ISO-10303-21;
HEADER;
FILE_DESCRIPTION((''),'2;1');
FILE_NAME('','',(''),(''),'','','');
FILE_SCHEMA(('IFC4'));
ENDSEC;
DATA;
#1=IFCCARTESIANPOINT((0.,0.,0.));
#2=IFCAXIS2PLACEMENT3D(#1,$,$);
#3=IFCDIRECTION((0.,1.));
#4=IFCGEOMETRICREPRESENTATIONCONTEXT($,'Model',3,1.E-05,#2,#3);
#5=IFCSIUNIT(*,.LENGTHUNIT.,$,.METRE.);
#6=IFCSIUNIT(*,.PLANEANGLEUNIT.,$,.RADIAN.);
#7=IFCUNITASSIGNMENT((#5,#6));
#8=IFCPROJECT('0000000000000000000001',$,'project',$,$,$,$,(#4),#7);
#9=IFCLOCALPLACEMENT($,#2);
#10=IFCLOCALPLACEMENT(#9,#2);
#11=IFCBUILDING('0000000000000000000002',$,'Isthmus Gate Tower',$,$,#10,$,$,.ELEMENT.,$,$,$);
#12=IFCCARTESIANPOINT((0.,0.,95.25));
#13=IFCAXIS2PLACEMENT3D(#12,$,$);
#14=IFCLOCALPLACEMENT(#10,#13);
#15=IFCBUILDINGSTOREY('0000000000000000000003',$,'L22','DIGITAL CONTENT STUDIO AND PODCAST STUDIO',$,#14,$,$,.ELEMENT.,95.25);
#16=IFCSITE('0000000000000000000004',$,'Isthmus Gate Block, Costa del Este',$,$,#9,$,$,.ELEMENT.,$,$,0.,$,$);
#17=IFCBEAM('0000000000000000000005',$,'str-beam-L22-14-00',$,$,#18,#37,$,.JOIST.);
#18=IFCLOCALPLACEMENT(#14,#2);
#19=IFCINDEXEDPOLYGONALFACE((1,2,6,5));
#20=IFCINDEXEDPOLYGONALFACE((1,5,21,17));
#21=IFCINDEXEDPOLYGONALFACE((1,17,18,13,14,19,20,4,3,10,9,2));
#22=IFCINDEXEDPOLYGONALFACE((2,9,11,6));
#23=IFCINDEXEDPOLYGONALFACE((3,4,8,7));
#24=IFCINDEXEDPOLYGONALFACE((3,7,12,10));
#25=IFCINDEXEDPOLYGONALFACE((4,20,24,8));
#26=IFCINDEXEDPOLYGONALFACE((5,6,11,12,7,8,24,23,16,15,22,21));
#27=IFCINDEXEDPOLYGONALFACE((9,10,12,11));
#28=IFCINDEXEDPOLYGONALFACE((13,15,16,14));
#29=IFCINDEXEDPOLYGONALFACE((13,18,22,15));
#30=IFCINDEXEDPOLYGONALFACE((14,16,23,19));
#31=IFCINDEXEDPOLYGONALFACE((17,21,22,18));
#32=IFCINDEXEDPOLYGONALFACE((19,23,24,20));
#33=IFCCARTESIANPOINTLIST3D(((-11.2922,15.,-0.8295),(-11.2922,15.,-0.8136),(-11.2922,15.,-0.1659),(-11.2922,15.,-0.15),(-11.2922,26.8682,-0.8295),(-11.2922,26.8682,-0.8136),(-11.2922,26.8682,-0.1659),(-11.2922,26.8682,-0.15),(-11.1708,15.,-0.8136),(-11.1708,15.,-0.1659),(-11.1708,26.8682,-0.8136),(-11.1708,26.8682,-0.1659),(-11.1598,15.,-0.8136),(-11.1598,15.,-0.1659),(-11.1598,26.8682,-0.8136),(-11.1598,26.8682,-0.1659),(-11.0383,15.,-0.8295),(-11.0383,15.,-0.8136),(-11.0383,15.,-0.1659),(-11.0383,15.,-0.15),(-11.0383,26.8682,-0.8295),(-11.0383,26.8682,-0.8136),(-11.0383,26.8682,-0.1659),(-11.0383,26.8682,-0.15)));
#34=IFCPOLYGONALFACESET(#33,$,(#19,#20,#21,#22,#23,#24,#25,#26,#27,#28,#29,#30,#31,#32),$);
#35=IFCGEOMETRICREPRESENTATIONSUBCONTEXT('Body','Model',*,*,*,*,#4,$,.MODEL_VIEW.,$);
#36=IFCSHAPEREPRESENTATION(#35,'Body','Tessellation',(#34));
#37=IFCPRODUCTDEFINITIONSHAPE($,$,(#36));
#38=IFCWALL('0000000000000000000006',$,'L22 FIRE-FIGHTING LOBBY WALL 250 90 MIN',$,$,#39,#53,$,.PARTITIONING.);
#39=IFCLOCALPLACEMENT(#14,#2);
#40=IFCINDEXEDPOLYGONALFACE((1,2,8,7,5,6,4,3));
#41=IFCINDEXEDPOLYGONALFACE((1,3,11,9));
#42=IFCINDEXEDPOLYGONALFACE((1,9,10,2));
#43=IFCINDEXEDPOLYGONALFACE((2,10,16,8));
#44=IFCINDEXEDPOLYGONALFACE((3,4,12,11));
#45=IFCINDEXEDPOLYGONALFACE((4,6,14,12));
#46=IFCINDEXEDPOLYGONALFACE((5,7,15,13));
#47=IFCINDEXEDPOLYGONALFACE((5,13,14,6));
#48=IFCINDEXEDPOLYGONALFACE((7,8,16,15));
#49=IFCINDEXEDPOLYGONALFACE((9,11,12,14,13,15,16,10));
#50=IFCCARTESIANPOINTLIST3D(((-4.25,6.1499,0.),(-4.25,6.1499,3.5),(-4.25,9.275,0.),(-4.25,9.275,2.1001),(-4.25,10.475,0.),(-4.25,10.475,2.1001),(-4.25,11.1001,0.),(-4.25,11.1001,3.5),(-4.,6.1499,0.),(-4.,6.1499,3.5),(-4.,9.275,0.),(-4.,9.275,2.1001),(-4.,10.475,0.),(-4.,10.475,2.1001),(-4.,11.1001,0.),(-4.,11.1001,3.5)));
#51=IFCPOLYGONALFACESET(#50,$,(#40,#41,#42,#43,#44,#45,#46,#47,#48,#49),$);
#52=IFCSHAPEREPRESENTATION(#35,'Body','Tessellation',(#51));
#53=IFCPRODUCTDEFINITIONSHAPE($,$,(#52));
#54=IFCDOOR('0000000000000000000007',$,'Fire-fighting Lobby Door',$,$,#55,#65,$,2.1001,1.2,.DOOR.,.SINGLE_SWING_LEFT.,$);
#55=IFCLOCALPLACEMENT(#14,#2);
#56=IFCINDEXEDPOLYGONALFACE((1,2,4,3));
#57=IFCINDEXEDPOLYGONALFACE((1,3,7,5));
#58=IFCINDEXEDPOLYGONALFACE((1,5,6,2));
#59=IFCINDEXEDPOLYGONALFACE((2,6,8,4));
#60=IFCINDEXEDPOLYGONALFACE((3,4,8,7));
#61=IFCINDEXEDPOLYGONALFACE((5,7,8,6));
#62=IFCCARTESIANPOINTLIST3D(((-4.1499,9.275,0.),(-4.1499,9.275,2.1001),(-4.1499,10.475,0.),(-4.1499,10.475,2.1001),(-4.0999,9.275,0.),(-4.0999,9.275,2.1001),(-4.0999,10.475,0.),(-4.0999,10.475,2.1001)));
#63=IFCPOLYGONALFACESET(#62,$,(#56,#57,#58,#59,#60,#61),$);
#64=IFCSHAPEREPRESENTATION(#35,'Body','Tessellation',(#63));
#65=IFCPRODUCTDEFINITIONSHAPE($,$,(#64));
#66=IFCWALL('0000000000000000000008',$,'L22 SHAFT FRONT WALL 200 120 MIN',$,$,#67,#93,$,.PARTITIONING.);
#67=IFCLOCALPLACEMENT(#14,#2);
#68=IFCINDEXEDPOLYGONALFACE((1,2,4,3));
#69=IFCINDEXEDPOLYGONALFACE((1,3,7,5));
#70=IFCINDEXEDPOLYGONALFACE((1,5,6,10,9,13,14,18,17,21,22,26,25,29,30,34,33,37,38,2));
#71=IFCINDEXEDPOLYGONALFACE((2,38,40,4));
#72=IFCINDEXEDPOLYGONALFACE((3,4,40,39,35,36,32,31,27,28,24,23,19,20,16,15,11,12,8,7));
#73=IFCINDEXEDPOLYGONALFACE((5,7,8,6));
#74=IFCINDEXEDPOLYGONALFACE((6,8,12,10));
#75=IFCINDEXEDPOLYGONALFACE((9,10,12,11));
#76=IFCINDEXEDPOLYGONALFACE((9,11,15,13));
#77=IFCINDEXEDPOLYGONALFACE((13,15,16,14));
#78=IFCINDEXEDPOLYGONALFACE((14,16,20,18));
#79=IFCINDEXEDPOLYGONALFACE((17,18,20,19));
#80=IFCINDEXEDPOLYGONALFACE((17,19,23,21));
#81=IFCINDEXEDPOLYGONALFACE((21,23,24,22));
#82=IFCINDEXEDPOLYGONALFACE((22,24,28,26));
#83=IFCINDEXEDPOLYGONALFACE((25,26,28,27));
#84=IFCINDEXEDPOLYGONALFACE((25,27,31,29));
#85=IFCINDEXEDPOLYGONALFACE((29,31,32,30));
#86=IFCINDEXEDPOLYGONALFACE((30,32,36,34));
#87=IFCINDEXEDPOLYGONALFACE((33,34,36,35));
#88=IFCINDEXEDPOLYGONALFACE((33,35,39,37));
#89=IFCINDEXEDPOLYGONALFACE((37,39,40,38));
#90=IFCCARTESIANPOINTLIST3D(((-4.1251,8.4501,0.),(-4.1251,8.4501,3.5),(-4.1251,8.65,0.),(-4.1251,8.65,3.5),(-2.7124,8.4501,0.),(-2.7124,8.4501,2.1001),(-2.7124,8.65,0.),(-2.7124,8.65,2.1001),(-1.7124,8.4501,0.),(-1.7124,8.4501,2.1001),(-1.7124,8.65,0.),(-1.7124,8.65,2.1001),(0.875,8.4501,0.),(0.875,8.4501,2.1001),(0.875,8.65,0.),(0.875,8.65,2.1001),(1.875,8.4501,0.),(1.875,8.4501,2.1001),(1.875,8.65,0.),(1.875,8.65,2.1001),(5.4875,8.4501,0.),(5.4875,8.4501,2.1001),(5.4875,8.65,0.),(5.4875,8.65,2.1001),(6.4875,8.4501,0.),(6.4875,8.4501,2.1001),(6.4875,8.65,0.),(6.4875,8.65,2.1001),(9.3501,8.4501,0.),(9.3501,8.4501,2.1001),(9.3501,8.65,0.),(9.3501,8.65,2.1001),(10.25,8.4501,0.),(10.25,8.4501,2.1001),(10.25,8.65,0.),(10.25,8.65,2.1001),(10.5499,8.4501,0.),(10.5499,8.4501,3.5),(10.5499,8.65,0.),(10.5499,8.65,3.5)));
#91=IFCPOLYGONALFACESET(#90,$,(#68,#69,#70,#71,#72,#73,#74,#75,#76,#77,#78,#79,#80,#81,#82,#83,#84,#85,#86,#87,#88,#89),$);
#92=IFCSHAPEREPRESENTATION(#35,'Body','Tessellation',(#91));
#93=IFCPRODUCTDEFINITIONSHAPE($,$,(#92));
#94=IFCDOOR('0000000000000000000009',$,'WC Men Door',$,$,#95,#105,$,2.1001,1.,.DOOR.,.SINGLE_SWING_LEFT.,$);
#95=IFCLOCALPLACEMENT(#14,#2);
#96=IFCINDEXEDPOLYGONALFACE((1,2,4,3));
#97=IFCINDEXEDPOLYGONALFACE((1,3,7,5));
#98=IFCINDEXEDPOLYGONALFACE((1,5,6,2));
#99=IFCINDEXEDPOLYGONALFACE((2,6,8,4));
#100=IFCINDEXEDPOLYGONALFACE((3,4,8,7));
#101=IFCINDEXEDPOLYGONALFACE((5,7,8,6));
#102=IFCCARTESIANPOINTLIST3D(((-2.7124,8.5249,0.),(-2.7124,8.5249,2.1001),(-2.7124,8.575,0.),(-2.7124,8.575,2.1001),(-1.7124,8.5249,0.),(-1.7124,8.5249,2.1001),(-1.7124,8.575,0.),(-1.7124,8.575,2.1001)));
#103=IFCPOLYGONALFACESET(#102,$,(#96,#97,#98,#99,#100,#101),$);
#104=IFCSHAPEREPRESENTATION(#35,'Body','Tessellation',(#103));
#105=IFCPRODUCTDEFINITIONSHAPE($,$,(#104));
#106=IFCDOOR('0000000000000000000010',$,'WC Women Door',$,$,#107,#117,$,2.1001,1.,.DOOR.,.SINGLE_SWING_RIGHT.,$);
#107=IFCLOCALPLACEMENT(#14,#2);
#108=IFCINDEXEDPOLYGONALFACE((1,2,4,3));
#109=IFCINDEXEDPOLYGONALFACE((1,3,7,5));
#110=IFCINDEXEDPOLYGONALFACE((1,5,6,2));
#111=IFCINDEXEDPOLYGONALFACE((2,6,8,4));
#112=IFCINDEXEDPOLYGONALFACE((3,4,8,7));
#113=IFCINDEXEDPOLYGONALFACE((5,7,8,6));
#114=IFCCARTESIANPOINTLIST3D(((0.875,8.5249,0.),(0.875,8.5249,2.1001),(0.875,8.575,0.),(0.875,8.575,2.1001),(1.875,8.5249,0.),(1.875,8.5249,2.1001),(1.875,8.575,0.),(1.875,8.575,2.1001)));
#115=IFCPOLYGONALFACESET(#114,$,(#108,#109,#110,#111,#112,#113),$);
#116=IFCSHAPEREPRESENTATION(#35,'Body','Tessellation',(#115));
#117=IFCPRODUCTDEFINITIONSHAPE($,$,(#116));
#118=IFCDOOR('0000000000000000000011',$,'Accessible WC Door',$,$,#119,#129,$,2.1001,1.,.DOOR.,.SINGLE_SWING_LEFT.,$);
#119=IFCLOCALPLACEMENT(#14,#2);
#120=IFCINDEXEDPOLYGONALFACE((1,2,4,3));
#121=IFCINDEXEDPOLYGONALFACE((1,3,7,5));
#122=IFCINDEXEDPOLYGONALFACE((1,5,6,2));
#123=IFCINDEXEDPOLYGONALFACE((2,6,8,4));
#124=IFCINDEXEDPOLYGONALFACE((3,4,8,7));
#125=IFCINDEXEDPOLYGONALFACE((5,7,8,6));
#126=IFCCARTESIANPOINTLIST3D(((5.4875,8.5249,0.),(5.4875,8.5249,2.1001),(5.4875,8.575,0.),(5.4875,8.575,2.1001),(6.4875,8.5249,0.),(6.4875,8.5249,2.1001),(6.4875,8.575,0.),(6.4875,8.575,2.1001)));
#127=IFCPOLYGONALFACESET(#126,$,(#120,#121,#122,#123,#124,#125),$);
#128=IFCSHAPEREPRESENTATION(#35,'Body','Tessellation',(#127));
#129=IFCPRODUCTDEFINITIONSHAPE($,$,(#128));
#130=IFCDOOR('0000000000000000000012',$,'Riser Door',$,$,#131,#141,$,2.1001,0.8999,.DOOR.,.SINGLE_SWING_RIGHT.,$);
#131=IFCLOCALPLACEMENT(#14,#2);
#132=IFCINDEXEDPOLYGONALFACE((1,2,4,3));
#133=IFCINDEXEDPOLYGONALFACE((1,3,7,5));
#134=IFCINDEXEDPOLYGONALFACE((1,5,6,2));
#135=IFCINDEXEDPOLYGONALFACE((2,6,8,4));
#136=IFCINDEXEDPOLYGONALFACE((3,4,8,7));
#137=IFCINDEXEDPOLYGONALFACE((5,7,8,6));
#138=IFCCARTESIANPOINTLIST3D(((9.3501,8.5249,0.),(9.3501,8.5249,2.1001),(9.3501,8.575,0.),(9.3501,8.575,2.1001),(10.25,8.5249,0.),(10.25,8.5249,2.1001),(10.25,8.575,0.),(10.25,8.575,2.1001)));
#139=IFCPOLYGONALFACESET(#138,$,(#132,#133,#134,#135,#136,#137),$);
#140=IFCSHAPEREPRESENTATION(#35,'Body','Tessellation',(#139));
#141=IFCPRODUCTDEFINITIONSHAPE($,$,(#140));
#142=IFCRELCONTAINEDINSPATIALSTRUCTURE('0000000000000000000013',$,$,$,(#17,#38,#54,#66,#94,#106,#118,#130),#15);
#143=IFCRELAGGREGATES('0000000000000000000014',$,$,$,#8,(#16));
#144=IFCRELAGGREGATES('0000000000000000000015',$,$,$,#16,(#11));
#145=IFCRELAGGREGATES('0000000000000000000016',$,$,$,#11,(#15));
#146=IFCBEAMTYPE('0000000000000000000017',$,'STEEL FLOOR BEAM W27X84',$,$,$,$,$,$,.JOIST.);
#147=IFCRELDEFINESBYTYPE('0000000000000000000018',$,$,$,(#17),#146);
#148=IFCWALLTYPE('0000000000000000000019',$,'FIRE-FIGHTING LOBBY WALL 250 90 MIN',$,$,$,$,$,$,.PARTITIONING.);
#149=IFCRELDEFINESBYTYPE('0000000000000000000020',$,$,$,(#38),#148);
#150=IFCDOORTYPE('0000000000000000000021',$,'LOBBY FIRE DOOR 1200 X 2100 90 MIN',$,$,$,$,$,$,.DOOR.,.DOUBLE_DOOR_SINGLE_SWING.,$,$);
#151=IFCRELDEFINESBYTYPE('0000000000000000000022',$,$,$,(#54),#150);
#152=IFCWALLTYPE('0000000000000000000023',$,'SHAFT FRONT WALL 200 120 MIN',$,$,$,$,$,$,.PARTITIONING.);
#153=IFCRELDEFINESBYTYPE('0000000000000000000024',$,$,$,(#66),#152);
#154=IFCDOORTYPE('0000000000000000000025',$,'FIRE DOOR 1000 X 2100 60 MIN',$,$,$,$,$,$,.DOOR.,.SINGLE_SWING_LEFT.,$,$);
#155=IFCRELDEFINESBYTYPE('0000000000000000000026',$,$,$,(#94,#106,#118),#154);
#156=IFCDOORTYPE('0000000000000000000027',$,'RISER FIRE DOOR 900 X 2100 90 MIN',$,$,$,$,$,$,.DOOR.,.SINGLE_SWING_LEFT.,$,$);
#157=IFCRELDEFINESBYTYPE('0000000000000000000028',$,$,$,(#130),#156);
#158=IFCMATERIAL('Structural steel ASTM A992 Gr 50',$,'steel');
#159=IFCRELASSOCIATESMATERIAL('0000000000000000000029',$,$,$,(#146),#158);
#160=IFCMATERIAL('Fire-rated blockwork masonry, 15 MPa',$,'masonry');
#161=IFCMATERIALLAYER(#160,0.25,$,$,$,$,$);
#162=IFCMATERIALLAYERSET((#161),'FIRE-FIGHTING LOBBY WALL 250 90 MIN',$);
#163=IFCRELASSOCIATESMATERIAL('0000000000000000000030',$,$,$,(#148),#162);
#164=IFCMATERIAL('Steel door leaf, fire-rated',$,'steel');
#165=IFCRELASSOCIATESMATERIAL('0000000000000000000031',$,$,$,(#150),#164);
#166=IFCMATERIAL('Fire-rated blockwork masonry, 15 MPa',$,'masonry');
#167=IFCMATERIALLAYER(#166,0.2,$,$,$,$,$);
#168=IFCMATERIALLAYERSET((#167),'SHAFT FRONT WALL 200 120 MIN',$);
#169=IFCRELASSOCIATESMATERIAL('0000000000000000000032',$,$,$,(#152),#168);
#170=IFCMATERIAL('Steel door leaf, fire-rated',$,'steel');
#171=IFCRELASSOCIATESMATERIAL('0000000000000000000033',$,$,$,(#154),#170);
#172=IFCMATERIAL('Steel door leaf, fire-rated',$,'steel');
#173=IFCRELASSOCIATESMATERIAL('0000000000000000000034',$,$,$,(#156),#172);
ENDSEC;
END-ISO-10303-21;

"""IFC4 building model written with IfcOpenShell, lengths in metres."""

from ifc_helpers import new_model, si_unit, direction, frame, frame_2d, origin, origin_2d, place, context, subcontext, project, spatial, rectangle, i_section, extrude, material, layer, layer_set, material_profile, profile_set, type_object, element, fill, save


model = new_model("IFC4")

# Units and contexts
model_context = context("Model", 3, precision=1e-05, world=origin(), true_north=direction((0.0, 1.0)))
body_context = subcontext(model_context, "Body", "Model", "MODEL_VIEW")
ifc_project = project(units=[si_unit("LENGTHUNIT", "METRE"), si_unit("PLANEANGLEUNIT", "RADIAN")], contexts=[model_context])

# Site, building, storey
site_placement = place(None, origin())
site = spatial("IfcSite", under=ifc_project, at=site_placement, Name="Isthmus Gate Block, Costa del Este", CompositionType="ELEMENT", RefElevation=0.0)
building_placement = place(site_placement, origin())
building = spatial("IfcBuilding", under=site, at=building_placement, Name="Isthmus Gate Tower", CompositionType="ELEMENT")
storey_placement = place(building_placement, frame((0.0, 0.0, 95.25)))
storey = spatial("IfcBuildingStorey", under=building, at=storey_placement, Name="L22", Description="DIGITAL CONTENT STUDIO AND PODCAST STUDIO", CompositionType="ELEMENT", Elevation=95.25)

# Beam
ifc_material_1 = material(Name="Structural steel ASTM A992 Gr 50", Category="steel")
ifc_material_profile = material_profile(ifc_material_1, i_section(OverallWidth=0.2539, OverallDepth=0.6794, WebThickness=0.011, FlangeThickness=0.0159, at=origin_2d()), Name="W27X84")
ifc_profile_set = profile_set([ifc_material_profile], Name="Structural steel ASTM A992 Gr 50")
beam_type = type_object("IfcBeamType", Name="STEEL FLOOR BEAM W27X84", PredefinedType="JOIST", material=ifc_profile_set)
beam_placement = place(storey_placement, frame((-11.1653, 15.0, -0.4897), z_axis=(0.0, 1.0, 0.0), x_axis=(-1.0, 0.0, 0.0)))
element("IfcBeam", 1, at=beam_placement, inside=storey, type_object=beam_type, Name="str-beam-L22-14-00", PredefinedType="JOIST", context=body_context, shape_type="SweptSolid", body=[
    extrude(i_section(OverallWidth=0.2539, OverallDepth=0.6794, WebThickness=0.011, FlangeThickness=0.0159, at=origin_2d()), origin(), (0.0, 0.0, 1.0), 11.8682),
])

# Wall, opening, door
ifc_material_2 = material(Name="Fire-rated blockwork masonry, 15 MPa", Category="masonry")
ifc_layer_1 = layer(ifc_material_2, 0.25)
ifc_layer_set_1 = layer_set([ifc_layer_1], Name="FIRE-FIGHTING LOBBY WALL 250 90 MIN")
wall_type_1 = type_object("IfcWallType", Name="FIRE-FIGHTING LOBBY WALL 250 90 MIN", PredefinedType="PARTITIONING", material=ifc_layer_set_1)
wall_1_placement = place(storey_placement, frame((-4.125, 6.1499, 0.0), z_axis=(0.0, 0.0, 1.0), x_axis=(0.0, 1.0, 0.0)))
wall_1 = element("IfcWall", 2, at=wall_1_placement, inside=storey, type_object=wall_type_1, Name="L22 FIRE-FIGHTING LOBBY WALL 250 90 MIN", PredefinedType="PARTITIONING", context=body_context, shape_type="SweptSolid", body=[
    extrude(rectangle(XDim=4.9502, YDim=0.25, at=frame_2d((2.4751, 0.0))), origin(), (0.0, 0.0, 1.0), 3.5),
])
opening_1_placement = place(wall_1_placement, frame((3.125, 0.0, 0.0)))
opening_1 = element("IfcOpeningElement", 3, at=opening_1_placement, cuts=wall_1, PredefinedType="OPENING", context=body_context, shape_type="SweptSolid", body=[
    extrude(rectangle(XDim=1.2, YDim=2.1001, at=frame_2d((0.6001, 1.05))), frame((0.0, 0.135, 0.0), z_axis=(0.0, -1.0, 0.0), x_axis=(1.0, 0.0, 0.0)), (0.0, 0.0, 1.0), 0.27),
])
ifc_material_3 = material(Name="Steel door leaf, fire-rated", Category="steel")
door_type_1 = type_object("IfcDoorType", Name="LOBBY FIRE DOOR 1200 X 2100 90 MIN", OperationType="DOUBLE_DOOR_SINGLE_SWING", PredefinedType="DOOR", material=ifc_material_3)
door_1_placement = place(opening_1_placement, origin())
door_1 = element("IfcDoor", 4, at=door_1_placement, inside=storey, type_object=door_type_1, Name="Fire-fighting Lobby Door", OperationType="SINGLE_SWING_LEFT", OverallHeight=2.1001, OverallWidth=1.2, PredefinedType="DOOR", context=body_context, shape_type="SweptSolid", body=[
    extrude(rectangle(XDim=1.2, YDim=2.1001, at=frame_2d((0.6001, 1.05))), frame((0.0, 0.0249, 0.0), z_axis=(0.0, -1.0, 0.0), x_axis=(1.0, 0.0, 0.0)), (0.0, 0.0, 1.0), 0.05),
])
fill(opening_1, door_1)

# Wall, openings, doors
ifc_material_4 = material(Name="Fire-rated blockwork masonry, 15 MPa", Category="masonry")
ifc_layer_2 = layer(ifc_material_4, 0.2)
ifc_layer_set_2 = layer_set([ifc_layer_2], Name="SHAFT FRONT WALL 200 120 MIN")
wall_type_2 = type_object("IfcWallType", Name="SHAFT FRONT WALL 200 120 MIN", PredefinedType="PARTITIONING", material=ifc_layer_set_2)
wall_2_placement = place(storey_placement, frame((-4.125, 8.55, 0.0), z_axis=(0.0, 0.0, 1.0), x_axis=(1.0, 0.0, 0.0)))
wall_2 = element("IfcWall", 5, at=wall_2_placement, inside=storey, type_object=wall_type_2, Name="L22 SHAFT FRONT WALL 200 120 MIN", PredefinedType="PARTITIONING", context=body_context, shape_type="SweptSolid", body=[
    extrude(rectangle(XDim=14.675, YDim=0.2, at=frame_2d((7.3374, 0.0))), origin(), (0.0, 0.0, 1.0), 3.5),
])
opening_2_placement = place(wall_2_placement, frame((1.4126, 0.0, 0.0)))
opening_2 = element("IfcOpeningElement", 6, at=opening_2_placement, cuts=wall_2, PredefinedType="OPENING", context=body_context, shape_type="SweptSolid", body=[
    extrude(rectangle(XDim=1.0, YDim=2.1001, at=frame_2d((0.5, 1.05))), frame((0.0, 0.1099, 0.0), z_axis=(0.0, -1.0, 0.0), x_axis=(1.0, 0.0, 0.0)), (0.0, 0.0, 1.0), 0.22),
])
opening_3_placement = place(wall_2_placement, frame((5.0, 0.0, 0.0)))
opening_3 = element("IfcOpeningElement", 7, at=opening_3_placement, cuts=wall_2, PredefinedType="OPENING", context=body_context, shape_type="SweptSolid", body=[
    extrude(rectangle(XDim=1.0, YDim=2.1001, at=frame_2d((0.5, 1.05))), frame((0.0, 0.1099, 0.0), z_axis=(0.0, -1.0, 0.0), x_axis=(1.0, 0.0, 0.0)), (0.0, 0.0, 1.0), 0.22),
])
opening_4_placement = place(wall_2_placement, frame((9.6125, 0.0, 0.0)))
opening_4 = element("IfcOpeningElement", 8, at=opening_4_placement, cuts=wall_2, PredefinedType="OPENING", context=body_context, shape_type="SweptSolid", body=[
    extrude(rectangle(XDim=1.0, YDim=2.1001, at=frame_2d((0.5, 1.05))), frame((0.0, 0.1099, 0.0), z_axis=(0.0, -1.0, 0.0), x_axis=(1.0, 0.0, 0.0)), (0.0, 0.0, 1.0), 0.22),
])
opening_5_placement = place(wall_2_placement, frame((13.4751, 0.0, 0.0)))
opening_5 = element("IfcOpeningElement", 9, at=opening_5_placement, cuts=wall_2, PredefinedType="OPENING", context=body_context, shape_type="SweptSolid", body=[
    extrude(rectangle(XDim=0.8999, YDim=2.1001, at=frame_2d((0.45, 1.05))), frame((0.0, 0.1099, 0.0), z_axis=(0.0, -1.0, 0.0), x_axis=(1.0, 0.0, 0.0)), (0.0, 0.0, 1.0), 0.22),
])
ifc_material_5 = material(Name="Steel door leaf, fire-rated", Category="steel")
door_type_2 = type_object("IfcDoorType", Name="FIRE DOOR 1000 X 2100 60 MIN", OperationType="SINGLE_SWING_LEFT", PredefinedType="DOOR", material=ifc_material_5)
door_2_placement = place(opening_2_placement, origin())
door_2 = element("IfcDoor", 10, at=door_2_placement, inside=storey, type_object=door_type_2, Name="WC Men Door", OperationType="SINGLE_SWING_LEFT", OverallHeight=2.1001, OverallWidth=1.0, PredefinedType="DOOR", context=body_context, shape_type="SweptSolid", body=[
    extrude(rectangle(XDim=1.0, YDim=2.1001, at=frame_2d((0.5, 1.05))), frame((0.0, 0.0249, 0.0), z_axis=(0.0, -1.0, 0.0), x_axis=(1.0, 0.0, 0.0)), (0.0, 0.0, 1.0), 0.05),
])
fill(opening_2, door_2)
door_3_placement = place(opening_3_placement, origin())
door_3 = element("IfcDoor", 11, at=door_3_placement, inside=storey, type_object=door_type_2, Name="WC Women Door", OperationType="SINGLE_SWING_RIGHT", OverallHeight=2.1001, OverallWidth=1.0, PredefinedType="DOOR", context=body_context, shape_type="SweptSolid", body=[
    extrude(rectangle(XDim=1.0, YDim=2.1001, at=frame_2d((0.5, 1.05))), frame((0.0, 0.0249, 0.0), z_axis=(0.0, -1.0, 0.0), x_axis=(1.0, 0.0, 0.0)), (0.0, 0.0, 1.0), 0.05),
])
fill(opening_3, door_3)
door_4_placement = place(opening_4_placement, origin())
door_4 = element("IfcDoor", 12, at=door_4_placement, inside=storey, type_object=door_type_2, Name="Accessible WC Door", OperationType="SINGLE_SWING_LEFT", OverallHeight=2.1001, OverallWidth=1.0, PredefinedType="DOOR", context=body_context, shape_type="SweptSolid", body=[
    extrude(rectangle(XDim=1.0, YDim=2.1001, at=frame_2d((0.5, 1.05))), frame((0.0, 0.0249, 0.0), z_axis=(0.0, -1.0, 0.0), x_axis=(1.0, 0.0, 0.0)), (0.0, 0.0, 1.0), 0.05),
])
fill(opening_4, door_4)
ifc_material_6 = material(Name="Steel door leaf, fire-rated", Category="steel")
door_type_3 = type_object("IfcDoorType", Name="RISER FIRE DOOR 900 X 2100 90 MIN", OperationType="SINGLE_SWING_LEFT", PredefinedType="DOOR", material=ifc_material_6)
door_5_placement = place(opening_5_placement, origin())
door_5 = element("IfcDoor", 13, at=door_5_placement, inside=storey, type_object=door_type_3, Name="Riser Door", OperationType="SINGLE_SWING_RIGHT", OverallHeight=2.1001, OverallWidth=0.8999, PredefinedType="DOOR", context=body_context, shape_type="SweptSolid", body=[
    extrude(rectangle(XDim=0.8999, YDim=2.1001, at=frame_2d((0.45, 1.05))), frame((0.0, 0.0249, 0.0), z_axis=(0.0, -1.0, 0.0), x_axis=(1.0, 0.0, 0.0)), (0.0, 0.0, 1.0), 0.05),
])
fill(opening_5, door_5)

save(model, "model.ifc")
